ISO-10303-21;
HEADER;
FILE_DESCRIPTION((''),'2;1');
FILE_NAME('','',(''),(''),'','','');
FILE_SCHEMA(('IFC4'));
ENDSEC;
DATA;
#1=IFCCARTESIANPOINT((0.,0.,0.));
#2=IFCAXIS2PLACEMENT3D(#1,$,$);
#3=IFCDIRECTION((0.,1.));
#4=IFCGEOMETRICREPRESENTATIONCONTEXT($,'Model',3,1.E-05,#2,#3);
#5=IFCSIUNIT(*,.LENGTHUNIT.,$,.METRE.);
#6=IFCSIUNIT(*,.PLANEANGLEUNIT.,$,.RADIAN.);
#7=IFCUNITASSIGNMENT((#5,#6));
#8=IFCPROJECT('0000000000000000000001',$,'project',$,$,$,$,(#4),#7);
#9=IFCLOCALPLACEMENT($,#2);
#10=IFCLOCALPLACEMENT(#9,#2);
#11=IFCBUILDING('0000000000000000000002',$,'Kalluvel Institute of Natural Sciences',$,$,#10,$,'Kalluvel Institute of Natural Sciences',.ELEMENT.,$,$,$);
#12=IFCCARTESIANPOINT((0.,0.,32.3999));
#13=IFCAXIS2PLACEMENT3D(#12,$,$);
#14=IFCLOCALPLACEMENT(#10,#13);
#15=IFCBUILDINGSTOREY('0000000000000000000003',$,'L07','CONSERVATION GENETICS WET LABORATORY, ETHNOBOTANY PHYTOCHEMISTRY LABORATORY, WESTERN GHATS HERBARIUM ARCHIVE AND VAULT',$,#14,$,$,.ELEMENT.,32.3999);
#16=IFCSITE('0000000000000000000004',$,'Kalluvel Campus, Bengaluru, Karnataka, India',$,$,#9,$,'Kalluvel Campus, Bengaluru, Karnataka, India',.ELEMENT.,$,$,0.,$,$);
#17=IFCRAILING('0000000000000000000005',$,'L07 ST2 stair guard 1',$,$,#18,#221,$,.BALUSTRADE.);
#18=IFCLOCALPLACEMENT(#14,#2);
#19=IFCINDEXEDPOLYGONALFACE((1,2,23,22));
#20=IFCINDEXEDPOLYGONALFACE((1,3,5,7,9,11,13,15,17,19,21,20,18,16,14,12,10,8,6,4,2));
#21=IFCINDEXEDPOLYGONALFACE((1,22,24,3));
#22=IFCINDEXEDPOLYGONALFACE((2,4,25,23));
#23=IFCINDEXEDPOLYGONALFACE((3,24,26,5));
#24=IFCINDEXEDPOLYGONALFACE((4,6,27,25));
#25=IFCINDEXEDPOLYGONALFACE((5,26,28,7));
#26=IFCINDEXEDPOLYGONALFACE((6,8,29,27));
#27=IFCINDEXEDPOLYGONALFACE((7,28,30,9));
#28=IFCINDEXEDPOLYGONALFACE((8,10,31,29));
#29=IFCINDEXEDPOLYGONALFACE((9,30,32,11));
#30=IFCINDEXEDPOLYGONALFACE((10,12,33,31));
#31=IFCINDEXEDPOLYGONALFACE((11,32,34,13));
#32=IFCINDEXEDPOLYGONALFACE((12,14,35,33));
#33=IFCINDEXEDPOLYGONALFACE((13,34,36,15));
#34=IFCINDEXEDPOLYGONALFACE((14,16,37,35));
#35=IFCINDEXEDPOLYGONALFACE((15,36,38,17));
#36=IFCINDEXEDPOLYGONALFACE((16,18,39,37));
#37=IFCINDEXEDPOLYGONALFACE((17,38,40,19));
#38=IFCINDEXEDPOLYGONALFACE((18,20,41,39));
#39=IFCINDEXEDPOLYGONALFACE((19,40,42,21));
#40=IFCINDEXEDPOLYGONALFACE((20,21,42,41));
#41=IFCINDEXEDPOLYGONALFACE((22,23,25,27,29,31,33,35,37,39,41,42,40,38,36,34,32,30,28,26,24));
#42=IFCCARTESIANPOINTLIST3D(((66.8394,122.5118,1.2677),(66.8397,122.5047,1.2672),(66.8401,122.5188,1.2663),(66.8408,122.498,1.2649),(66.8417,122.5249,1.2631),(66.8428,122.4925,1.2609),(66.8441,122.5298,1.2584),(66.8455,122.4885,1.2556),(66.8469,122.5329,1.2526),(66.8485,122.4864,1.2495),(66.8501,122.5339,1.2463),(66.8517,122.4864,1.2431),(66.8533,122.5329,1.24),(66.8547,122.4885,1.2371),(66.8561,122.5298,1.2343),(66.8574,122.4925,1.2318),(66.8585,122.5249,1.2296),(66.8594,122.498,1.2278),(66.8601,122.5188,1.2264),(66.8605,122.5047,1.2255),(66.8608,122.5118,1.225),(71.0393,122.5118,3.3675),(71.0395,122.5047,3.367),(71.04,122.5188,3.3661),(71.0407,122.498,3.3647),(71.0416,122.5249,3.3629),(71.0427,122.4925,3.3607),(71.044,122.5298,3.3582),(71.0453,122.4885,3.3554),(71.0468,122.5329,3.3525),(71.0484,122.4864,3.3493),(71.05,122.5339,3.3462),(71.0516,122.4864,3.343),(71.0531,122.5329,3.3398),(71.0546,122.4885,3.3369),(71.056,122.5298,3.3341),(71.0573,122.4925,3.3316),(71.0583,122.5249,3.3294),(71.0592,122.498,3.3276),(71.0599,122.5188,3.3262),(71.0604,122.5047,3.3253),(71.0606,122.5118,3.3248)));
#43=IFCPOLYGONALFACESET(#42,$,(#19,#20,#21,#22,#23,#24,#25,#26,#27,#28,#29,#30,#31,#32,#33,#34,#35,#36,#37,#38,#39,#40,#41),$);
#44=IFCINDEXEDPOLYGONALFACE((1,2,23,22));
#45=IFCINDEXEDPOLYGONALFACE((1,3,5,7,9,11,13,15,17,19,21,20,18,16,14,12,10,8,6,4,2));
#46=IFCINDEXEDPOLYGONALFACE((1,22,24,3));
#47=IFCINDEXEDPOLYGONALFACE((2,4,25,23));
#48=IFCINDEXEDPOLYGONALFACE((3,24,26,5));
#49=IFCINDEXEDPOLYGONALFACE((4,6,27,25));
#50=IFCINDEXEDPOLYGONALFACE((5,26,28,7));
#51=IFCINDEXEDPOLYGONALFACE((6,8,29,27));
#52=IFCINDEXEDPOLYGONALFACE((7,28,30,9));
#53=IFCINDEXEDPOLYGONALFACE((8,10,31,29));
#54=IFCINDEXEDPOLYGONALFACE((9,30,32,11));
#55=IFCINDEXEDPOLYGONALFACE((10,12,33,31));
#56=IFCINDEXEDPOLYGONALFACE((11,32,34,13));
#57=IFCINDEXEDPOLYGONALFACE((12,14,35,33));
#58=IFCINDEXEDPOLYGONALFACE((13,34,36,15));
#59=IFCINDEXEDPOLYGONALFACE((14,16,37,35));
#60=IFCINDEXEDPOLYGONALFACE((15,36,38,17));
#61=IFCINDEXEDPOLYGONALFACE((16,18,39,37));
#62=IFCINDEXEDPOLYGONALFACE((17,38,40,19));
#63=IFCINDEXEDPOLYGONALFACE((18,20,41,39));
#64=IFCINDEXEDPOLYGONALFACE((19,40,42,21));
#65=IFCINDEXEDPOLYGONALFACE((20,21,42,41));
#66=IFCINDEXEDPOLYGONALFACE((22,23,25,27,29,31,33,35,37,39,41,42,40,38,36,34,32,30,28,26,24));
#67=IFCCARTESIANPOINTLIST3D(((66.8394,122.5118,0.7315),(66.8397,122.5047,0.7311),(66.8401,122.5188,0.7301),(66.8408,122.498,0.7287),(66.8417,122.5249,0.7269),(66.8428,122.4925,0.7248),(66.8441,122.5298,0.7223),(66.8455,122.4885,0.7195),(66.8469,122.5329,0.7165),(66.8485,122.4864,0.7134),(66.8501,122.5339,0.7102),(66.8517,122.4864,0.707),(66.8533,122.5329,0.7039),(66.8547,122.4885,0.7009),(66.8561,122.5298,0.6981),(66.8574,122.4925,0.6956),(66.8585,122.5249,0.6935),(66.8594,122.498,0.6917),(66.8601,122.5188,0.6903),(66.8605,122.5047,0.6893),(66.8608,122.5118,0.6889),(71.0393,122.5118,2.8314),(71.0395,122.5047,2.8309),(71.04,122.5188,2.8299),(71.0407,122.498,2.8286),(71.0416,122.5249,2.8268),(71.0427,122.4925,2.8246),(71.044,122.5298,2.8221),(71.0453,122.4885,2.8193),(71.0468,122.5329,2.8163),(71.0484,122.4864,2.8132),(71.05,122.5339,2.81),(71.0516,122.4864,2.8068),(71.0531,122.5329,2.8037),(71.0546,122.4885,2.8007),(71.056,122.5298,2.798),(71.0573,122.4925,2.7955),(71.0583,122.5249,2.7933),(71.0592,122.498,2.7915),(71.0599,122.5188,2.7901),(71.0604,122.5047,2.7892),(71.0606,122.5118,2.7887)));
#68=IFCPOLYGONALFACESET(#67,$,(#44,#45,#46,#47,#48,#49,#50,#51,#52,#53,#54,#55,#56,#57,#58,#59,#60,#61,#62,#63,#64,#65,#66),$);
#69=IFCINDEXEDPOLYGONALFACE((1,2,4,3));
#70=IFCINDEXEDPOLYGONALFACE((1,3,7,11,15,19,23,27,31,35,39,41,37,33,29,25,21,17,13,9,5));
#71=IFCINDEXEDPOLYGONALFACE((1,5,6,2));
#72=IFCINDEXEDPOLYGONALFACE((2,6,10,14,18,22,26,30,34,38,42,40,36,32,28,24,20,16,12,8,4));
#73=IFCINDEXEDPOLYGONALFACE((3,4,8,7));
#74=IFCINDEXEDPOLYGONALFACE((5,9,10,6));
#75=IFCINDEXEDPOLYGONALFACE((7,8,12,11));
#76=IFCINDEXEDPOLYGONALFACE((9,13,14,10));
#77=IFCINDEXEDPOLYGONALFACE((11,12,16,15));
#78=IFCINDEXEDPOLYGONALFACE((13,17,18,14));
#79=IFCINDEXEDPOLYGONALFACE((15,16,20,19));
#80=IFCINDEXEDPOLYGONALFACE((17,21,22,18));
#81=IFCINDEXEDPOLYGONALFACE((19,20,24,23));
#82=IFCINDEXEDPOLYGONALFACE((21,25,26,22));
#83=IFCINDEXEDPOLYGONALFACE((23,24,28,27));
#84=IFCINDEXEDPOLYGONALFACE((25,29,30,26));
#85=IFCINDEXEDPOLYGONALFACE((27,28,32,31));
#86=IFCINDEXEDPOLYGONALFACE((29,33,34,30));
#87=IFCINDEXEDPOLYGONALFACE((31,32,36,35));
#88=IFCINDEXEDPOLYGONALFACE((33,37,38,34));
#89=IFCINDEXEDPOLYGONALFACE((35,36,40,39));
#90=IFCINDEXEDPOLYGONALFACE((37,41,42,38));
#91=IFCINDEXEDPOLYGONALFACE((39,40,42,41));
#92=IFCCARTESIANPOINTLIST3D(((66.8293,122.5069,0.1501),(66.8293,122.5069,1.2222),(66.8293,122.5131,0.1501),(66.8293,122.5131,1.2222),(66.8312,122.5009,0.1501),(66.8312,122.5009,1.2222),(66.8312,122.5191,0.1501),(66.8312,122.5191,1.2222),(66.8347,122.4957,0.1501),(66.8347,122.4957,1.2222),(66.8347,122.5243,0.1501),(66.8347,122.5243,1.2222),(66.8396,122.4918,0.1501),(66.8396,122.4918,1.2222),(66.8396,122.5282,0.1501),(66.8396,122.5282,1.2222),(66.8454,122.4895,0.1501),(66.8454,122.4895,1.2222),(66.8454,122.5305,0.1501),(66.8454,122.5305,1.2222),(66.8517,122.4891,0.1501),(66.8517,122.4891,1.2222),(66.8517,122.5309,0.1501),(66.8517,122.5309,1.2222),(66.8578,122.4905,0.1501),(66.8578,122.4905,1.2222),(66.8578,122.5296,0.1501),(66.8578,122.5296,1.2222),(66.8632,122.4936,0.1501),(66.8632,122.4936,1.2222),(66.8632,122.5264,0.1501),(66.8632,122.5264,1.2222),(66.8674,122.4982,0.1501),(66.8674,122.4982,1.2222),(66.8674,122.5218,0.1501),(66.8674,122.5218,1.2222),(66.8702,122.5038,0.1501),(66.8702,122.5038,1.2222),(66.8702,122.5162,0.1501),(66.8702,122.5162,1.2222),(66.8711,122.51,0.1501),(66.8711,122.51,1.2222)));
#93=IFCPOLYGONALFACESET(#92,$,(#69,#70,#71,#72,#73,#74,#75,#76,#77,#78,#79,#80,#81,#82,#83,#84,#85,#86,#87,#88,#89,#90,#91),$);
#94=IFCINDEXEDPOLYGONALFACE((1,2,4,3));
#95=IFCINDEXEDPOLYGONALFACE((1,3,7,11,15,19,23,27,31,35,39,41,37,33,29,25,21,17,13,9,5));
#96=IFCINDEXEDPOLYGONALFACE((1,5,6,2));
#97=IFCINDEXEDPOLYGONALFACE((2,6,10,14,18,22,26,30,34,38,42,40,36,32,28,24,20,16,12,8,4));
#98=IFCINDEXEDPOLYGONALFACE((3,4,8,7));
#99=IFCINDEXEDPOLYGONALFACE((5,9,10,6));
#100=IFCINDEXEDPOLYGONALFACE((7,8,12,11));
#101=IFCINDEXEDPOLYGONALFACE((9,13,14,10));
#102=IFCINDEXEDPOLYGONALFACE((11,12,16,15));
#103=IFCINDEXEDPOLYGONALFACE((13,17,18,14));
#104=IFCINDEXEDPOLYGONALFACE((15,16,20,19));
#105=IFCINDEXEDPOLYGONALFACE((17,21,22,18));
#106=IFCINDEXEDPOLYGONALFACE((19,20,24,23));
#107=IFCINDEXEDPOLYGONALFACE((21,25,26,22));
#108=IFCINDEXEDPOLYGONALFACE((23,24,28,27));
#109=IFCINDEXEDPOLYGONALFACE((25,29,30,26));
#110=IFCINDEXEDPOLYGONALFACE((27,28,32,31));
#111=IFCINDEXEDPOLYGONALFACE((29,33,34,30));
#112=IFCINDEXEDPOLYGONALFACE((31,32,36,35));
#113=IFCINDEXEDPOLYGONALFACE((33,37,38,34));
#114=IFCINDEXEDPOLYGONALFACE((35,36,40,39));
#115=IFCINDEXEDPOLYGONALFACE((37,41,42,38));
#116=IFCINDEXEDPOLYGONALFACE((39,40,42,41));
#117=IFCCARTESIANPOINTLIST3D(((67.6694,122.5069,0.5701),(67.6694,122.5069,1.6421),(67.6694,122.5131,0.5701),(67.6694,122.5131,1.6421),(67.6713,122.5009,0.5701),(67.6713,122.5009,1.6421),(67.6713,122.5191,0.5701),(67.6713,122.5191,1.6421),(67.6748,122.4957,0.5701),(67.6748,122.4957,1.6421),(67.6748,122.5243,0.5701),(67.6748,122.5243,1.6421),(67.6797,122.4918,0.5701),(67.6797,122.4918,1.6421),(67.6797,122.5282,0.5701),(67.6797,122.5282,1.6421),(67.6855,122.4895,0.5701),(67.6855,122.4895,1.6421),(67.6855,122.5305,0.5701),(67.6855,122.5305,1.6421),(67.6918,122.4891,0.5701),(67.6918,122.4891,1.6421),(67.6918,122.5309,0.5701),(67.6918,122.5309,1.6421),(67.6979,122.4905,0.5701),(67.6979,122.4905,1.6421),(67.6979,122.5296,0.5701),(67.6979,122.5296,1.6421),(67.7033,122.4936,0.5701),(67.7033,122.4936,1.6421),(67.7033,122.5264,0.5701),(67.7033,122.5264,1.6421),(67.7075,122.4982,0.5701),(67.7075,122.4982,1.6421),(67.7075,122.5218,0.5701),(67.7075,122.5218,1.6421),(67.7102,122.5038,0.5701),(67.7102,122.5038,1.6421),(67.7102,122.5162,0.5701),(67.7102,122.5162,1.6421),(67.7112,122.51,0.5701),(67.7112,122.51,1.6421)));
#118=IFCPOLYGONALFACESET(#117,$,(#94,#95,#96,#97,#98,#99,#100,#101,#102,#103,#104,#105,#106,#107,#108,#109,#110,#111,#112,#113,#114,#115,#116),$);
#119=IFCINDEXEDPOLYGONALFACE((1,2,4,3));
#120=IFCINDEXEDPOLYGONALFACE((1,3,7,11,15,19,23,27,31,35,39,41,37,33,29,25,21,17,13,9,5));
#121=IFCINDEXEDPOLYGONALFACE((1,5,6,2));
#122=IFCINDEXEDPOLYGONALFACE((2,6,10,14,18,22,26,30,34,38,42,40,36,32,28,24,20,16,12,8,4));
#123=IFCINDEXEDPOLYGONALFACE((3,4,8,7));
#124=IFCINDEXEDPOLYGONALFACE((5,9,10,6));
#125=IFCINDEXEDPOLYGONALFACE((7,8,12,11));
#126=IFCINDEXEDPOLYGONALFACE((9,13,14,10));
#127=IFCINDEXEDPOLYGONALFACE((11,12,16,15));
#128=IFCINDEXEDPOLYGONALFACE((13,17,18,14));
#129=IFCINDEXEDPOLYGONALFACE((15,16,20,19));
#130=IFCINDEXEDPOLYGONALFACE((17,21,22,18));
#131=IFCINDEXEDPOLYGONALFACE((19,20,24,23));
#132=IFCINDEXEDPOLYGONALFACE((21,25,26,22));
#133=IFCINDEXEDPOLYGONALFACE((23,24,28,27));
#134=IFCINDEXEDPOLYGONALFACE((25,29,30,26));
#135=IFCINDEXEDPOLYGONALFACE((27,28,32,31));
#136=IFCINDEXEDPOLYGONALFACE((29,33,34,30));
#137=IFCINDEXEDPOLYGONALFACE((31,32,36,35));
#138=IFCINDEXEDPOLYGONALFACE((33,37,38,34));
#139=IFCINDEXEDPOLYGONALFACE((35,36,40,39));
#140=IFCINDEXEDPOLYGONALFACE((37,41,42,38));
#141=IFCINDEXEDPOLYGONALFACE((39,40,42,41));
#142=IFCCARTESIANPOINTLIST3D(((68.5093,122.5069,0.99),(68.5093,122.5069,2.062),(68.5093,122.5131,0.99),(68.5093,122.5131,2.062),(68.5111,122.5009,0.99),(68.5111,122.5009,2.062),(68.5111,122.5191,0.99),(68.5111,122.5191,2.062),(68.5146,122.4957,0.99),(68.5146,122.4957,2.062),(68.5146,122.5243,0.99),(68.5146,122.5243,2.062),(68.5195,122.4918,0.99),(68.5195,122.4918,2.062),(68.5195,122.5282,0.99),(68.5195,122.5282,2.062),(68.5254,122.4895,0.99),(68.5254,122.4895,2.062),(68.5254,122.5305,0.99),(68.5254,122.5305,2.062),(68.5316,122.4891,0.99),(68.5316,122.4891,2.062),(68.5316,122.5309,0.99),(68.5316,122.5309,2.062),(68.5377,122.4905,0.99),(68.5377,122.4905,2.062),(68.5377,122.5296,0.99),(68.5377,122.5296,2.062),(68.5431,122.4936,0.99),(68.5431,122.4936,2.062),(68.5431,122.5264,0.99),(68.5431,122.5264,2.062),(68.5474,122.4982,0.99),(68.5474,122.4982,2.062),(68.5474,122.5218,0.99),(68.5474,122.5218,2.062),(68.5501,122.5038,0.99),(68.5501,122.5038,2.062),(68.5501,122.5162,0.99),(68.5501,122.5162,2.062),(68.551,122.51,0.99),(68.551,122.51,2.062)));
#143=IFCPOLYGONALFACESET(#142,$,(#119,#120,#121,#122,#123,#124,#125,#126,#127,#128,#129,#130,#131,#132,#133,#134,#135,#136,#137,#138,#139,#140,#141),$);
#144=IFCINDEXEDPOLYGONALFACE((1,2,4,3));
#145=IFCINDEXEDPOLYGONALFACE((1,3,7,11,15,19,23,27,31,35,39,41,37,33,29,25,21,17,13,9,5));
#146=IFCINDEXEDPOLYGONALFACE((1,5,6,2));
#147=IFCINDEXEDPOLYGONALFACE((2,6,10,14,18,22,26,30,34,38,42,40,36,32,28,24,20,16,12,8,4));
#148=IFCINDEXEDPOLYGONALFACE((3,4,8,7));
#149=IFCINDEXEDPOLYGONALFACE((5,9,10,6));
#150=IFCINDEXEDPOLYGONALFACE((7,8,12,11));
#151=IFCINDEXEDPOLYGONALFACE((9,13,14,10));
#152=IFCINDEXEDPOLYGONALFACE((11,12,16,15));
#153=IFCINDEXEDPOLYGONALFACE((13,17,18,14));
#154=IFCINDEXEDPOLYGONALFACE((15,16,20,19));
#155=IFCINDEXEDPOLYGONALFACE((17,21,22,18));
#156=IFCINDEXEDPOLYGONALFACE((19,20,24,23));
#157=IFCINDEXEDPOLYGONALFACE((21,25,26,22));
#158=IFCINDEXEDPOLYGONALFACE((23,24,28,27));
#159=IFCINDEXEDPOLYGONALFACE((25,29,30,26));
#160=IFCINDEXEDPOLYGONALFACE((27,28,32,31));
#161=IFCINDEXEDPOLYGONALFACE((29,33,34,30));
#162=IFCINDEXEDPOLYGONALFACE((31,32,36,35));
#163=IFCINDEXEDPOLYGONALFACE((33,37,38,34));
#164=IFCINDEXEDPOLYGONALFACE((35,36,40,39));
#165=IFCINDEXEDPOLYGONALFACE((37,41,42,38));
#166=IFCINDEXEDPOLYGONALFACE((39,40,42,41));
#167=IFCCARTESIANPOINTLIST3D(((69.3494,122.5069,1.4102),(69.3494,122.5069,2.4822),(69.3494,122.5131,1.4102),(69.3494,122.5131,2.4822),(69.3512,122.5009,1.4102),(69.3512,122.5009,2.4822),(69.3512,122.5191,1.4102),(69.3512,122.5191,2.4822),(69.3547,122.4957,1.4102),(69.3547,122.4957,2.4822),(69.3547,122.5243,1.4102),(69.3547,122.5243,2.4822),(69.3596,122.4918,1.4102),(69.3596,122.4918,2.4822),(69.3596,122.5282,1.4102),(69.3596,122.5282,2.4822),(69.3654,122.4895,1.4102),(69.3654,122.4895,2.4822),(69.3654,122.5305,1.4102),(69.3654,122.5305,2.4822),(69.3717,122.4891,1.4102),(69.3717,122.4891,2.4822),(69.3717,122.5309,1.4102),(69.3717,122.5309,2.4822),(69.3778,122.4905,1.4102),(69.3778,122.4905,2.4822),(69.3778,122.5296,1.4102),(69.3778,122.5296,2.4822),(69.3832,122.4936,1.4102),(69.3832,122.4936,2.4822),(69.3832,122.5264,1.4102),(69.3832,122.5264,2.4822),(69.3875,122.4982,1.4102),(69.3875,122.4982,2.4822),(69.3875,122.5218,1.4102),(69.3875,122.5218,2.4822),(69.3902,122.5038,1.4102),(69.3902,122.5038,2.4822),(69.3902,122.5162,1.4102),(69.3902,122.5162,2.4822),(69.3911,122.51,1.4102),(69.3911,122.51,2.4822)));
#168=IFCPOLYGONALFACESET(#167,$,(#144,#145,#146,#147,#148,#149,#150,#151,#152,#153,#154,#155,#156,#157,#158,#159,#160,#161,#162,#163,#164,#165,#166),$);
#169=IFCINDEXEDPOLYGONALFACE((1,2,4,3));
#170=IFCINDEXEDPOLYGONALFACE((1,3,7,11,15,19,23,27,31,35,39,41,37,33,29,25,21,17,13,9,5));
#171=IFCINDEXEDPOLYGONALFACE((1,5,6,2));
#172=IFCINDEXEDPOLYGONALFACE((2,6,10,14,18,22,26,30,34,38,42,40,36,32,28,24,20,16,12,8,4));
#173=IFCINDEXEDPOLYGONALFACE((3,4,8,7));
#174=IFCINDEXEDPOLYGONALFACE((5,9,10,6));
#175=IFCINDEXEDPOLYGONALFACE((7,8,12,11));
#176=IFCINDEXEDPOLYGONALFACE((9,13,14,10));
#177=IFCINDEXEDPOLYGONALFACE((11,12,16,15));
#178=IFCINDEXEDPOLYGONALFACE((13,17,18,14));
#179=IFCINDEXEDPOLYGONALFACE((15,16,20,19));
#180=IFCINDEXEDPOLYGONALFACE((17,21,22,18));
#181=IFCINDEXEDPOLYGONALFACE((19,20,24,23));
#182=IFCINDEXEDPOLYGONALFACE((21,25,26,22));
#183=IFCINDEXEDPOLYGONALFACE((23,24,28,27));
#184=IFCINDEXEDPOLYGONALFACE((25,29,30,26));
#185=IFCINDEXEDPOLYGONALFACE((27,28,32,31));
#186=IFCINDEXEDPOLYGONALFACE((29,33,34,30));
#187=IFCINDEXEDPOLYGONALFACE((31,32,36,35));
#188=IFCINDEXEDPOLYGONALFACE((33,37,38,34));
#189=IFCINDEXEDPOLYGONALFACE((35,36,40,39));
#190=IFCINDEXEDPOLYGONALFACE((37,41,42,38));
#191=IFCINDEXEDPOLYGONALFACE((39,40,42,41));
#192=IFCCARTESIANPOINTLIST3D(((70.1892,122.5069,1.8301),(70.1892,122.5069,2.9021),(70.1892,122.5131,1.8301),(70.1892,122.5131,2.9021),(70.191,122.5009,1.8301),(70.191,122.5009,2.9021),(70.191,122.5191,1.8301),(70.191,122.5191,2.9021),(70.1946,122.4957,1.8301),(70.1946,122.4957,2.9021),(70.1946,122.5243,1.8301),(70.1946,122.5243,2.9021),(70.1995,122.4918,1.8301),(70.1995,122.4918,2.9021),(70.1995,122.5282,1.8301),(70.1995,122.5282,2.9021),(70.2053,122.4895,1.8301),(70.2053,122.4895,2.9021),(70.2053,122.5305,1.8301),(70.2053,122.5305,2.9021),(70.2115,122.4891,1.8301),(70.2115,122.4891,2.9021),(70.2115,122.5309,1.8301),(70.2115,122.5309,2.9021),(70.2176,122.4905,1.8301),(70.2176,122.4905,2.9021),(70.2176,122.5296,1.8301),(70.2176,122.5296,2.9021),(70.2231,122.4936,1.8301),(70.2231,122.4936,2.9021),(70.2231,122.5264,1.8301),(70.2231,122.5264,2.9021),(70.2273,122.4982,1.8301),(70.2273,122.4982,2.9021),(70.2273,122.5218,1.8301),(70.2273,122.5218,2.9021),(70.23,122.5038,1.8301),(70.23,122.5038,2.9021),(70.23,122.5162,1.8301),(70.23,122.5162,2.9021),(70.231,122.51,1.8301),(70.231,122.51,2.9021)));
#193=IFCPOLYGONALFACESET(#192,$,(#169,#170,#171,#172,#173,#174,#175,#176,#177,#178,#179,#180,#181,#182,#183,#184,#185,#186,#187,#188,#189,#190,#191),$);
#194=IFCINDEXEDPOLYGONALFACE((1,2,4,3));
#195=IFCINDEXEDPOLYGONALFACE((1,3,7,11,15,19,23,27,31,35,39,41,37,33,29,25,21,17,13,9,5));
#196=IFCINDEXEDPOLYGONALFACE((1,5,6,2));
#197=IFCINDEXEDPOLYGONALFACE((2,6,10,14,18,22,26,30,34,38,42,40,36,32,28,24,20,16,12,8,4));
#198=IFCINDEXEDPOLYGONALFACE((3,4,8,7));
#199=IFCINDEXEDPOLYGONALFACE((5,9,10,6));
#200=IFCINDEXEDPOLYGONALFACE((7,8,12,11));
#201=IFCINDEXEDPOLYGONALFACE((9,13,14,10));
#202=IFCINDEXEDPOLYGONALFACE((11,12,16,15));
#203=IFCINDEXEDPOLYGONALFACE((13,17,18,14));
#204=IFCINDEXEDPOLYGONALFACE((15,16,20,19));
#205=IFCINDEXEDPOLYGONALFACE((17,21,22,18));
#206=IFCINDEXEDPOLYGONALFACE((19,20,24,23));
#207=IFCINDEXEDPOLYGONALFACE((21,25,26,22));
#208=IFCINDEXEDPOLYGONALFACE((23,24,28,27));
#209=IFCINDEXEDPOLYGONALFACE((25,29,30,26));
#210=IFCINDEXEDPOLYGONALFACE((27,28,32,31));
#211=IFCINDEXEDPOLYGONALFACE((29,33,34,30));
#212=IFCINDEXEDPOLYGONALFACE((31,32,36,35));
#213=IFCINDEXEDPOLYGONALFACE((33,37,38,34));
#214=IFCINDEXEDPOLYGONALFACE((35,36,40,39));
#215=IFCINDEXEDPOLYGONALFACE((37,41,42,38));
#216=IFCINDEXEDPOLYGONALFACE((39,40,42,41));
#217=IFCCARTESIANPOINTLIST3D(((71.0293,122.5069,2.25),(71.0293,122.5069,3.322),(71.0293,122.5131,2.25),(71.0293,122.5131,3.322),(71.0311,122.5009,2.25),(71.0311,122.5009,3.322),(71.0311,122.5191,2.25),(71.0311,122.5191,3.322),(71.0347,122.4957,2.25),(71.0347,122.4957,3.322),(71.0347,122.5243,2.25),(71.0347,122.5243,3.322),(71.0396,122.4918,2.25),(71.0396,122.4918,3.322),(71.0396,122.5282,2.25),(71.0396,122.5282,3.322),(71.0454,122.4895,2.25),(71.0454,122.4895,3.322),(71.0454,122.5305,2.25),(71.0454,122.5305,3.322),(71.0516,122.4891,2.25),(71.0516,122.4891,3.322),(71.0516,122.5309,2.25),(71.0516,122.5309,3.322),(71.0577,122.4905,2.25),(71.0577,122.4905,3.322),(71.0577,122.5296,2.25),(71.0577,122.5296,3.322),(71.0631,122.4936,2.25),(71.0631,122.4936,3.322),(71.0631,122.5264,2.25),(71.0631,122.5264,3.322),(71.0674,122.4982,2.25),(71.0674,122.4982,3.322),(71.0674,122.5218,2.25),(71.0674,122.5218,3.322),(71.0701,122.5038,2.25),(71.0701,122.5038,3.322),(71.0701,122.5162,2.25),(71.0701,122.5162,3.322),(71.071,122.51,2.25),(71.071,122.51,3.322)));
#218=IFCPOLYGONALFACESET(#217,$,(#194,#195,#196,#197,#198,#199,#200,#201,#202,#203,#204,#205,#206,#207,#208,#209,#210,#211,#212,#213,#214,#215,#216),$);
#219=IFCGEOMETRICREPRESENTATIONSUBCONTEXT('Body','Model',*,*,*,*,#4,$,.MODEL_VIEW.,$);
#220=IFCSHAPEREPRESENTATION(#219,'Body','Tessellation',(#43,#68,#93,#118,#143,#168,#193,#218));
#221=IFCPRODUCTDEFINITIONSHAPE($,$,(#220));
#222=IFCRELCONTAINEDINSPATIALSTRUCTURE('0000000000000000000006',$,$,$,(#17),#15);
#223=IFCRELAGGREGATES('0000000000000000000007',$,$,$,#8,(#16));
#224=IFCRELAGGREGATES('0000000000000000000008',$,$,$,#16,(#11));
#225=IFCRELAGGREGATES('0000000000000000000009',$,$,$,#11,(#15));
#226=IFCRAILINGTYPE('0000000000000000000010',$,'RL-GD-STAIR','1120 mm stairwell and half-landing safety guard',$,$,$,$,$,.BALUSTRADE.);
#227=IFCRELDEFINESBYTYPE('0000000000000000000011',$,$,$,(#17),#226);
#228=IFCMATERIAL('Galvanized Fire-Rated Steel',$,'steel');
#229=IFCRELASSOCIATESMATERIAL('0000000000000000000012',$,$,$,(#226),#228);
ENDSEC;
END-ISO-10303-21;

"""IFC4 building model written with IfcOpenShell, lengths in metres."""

from ifc_helpers import new_model, si_unit, direction, frame, origin, origin_2d, place, context, subcontext, project, spatial, circle, extrude, material, type_object, element, save


model = new_model("IFC4")

# Units and contexts
model_context = context("Model", 3, precision=1e-05, world=origin(), true_north=direction((0.0, 1.0)))
body_context = subcontext(model_context, "Body", "Model", "MODEL_VIEW")
ifc_project = project(units=[si_unit("LENGTHUNIT", "METRE"), si_unit("PLANEANGLEUNIT", "RADIAN")], contexts=[model_context])

# Site, building, storey
site_placement = place(None, origin())
site = spatial("IfcSite", under=ifc_project, at=site_placement, Name="Kalluvel Campus, Bengaluru, Karnataka, India", LongName="Kalluvel Campus, Bengaluru, Karnataka, India", CompositionType="ELEMENT", RefElevation=0.0)
building_placement = place(site_placement, origin())
building = spatial("IfcBuilding", under=site, at=building_placement, Name="Kalluvel Institute of Natural Sciences", LongName="Kalluvel Institute of Natural Sciences", CompositionType="ELEMENT")
storey_placement = place(building_placement, frame((0.0, 0.0, 32.3999)))
storey = spatial("IfcBuildingStorey", under=building, at=storey_placement, Name="L07", Description="CONSERVATION GENETICS WET LABORATORY, ETHNOBOTANY PHYTOCHEMISTRY LABORATORY, WESTERN GHATS HERBARIUM ARCHIVE AND VAULT", CompositionType="ELEMENT", Elevation=32.3999)

# Shared definitions
ifc_material_1 = material(Name="Galvanized Fire-Rated Steel", Category="steel")

# Railing
railing_type_1 = type_object("IfcRailingType", Name="RL-GD-STAIR", Description="1120 mm stairwell and half-landing safety guard", PredefinedType="BALUSTRADE", material=ifc_material_1)
railing_1_placement = place(storey_placement, frame((66.8501, 122.51, 0.1501)))
element("IfcRailing", 1, at=railing_1_placement, inside=storey, type_object=railing_type_1, Name="L07 ST2 stair guard 1", PredefinedType="BALUSTRADE", context=body_context, shape_type="SweptSolid", body=[
    extrude(circle(Radius=0.0239, at=origin_2d()), frame((0.0, 0.0, 1.0962), z_axis=(0.894438, 0.0, 0.447193), x_axis=(0.0, 1.0, 0.0)), (0.0, 0.0, 1.0), 4.6956),
    extrude(circle(Radius=0.0239, at=origin_2d()), frame((0.0, 0.0, 0.5601), z_axis=(0.894438, 0.0, 0.447193), x_axis=(0.0, 1.0, 0.0)), (0.0, 0.0, 1.0), 4.6956),
    extrude(circle(Radius=0.021, at=origin_2d()), origin(), (0.0, 0.0, 1.0), 1.072),
    extrude(circle(Radius=0.021, at=origin_2d()), frame((0.8401, 0.0, 0.4199)), (0.0, 0.0, 1.0), 1.072),
    extrude(circle(Radius=0.021, at=origin_2d()), frame((1.6799, 0.0, 0.8398)), (0.0, 0.0, 1.0), 1.072),
    extrude(circle(Radius=0.021, at=origin_2d()), frame((2.52, 0.0, 1.26)), (0.0, 0.0, 1.0), 1.072),
    extrude(circle(Radius=0.021, at=origin_2d()), frame((3.3599, 0.0, 1.6799)), (0.0, 0.0, 1.0), 1.072),
    extrude(circle(Radius=0.021, at=origin_2d()), frame((4.2, 0.0, 2.0999)), (0.0, 0.0, 1.0), 1.072),
])

save(model, "model.ifc")
